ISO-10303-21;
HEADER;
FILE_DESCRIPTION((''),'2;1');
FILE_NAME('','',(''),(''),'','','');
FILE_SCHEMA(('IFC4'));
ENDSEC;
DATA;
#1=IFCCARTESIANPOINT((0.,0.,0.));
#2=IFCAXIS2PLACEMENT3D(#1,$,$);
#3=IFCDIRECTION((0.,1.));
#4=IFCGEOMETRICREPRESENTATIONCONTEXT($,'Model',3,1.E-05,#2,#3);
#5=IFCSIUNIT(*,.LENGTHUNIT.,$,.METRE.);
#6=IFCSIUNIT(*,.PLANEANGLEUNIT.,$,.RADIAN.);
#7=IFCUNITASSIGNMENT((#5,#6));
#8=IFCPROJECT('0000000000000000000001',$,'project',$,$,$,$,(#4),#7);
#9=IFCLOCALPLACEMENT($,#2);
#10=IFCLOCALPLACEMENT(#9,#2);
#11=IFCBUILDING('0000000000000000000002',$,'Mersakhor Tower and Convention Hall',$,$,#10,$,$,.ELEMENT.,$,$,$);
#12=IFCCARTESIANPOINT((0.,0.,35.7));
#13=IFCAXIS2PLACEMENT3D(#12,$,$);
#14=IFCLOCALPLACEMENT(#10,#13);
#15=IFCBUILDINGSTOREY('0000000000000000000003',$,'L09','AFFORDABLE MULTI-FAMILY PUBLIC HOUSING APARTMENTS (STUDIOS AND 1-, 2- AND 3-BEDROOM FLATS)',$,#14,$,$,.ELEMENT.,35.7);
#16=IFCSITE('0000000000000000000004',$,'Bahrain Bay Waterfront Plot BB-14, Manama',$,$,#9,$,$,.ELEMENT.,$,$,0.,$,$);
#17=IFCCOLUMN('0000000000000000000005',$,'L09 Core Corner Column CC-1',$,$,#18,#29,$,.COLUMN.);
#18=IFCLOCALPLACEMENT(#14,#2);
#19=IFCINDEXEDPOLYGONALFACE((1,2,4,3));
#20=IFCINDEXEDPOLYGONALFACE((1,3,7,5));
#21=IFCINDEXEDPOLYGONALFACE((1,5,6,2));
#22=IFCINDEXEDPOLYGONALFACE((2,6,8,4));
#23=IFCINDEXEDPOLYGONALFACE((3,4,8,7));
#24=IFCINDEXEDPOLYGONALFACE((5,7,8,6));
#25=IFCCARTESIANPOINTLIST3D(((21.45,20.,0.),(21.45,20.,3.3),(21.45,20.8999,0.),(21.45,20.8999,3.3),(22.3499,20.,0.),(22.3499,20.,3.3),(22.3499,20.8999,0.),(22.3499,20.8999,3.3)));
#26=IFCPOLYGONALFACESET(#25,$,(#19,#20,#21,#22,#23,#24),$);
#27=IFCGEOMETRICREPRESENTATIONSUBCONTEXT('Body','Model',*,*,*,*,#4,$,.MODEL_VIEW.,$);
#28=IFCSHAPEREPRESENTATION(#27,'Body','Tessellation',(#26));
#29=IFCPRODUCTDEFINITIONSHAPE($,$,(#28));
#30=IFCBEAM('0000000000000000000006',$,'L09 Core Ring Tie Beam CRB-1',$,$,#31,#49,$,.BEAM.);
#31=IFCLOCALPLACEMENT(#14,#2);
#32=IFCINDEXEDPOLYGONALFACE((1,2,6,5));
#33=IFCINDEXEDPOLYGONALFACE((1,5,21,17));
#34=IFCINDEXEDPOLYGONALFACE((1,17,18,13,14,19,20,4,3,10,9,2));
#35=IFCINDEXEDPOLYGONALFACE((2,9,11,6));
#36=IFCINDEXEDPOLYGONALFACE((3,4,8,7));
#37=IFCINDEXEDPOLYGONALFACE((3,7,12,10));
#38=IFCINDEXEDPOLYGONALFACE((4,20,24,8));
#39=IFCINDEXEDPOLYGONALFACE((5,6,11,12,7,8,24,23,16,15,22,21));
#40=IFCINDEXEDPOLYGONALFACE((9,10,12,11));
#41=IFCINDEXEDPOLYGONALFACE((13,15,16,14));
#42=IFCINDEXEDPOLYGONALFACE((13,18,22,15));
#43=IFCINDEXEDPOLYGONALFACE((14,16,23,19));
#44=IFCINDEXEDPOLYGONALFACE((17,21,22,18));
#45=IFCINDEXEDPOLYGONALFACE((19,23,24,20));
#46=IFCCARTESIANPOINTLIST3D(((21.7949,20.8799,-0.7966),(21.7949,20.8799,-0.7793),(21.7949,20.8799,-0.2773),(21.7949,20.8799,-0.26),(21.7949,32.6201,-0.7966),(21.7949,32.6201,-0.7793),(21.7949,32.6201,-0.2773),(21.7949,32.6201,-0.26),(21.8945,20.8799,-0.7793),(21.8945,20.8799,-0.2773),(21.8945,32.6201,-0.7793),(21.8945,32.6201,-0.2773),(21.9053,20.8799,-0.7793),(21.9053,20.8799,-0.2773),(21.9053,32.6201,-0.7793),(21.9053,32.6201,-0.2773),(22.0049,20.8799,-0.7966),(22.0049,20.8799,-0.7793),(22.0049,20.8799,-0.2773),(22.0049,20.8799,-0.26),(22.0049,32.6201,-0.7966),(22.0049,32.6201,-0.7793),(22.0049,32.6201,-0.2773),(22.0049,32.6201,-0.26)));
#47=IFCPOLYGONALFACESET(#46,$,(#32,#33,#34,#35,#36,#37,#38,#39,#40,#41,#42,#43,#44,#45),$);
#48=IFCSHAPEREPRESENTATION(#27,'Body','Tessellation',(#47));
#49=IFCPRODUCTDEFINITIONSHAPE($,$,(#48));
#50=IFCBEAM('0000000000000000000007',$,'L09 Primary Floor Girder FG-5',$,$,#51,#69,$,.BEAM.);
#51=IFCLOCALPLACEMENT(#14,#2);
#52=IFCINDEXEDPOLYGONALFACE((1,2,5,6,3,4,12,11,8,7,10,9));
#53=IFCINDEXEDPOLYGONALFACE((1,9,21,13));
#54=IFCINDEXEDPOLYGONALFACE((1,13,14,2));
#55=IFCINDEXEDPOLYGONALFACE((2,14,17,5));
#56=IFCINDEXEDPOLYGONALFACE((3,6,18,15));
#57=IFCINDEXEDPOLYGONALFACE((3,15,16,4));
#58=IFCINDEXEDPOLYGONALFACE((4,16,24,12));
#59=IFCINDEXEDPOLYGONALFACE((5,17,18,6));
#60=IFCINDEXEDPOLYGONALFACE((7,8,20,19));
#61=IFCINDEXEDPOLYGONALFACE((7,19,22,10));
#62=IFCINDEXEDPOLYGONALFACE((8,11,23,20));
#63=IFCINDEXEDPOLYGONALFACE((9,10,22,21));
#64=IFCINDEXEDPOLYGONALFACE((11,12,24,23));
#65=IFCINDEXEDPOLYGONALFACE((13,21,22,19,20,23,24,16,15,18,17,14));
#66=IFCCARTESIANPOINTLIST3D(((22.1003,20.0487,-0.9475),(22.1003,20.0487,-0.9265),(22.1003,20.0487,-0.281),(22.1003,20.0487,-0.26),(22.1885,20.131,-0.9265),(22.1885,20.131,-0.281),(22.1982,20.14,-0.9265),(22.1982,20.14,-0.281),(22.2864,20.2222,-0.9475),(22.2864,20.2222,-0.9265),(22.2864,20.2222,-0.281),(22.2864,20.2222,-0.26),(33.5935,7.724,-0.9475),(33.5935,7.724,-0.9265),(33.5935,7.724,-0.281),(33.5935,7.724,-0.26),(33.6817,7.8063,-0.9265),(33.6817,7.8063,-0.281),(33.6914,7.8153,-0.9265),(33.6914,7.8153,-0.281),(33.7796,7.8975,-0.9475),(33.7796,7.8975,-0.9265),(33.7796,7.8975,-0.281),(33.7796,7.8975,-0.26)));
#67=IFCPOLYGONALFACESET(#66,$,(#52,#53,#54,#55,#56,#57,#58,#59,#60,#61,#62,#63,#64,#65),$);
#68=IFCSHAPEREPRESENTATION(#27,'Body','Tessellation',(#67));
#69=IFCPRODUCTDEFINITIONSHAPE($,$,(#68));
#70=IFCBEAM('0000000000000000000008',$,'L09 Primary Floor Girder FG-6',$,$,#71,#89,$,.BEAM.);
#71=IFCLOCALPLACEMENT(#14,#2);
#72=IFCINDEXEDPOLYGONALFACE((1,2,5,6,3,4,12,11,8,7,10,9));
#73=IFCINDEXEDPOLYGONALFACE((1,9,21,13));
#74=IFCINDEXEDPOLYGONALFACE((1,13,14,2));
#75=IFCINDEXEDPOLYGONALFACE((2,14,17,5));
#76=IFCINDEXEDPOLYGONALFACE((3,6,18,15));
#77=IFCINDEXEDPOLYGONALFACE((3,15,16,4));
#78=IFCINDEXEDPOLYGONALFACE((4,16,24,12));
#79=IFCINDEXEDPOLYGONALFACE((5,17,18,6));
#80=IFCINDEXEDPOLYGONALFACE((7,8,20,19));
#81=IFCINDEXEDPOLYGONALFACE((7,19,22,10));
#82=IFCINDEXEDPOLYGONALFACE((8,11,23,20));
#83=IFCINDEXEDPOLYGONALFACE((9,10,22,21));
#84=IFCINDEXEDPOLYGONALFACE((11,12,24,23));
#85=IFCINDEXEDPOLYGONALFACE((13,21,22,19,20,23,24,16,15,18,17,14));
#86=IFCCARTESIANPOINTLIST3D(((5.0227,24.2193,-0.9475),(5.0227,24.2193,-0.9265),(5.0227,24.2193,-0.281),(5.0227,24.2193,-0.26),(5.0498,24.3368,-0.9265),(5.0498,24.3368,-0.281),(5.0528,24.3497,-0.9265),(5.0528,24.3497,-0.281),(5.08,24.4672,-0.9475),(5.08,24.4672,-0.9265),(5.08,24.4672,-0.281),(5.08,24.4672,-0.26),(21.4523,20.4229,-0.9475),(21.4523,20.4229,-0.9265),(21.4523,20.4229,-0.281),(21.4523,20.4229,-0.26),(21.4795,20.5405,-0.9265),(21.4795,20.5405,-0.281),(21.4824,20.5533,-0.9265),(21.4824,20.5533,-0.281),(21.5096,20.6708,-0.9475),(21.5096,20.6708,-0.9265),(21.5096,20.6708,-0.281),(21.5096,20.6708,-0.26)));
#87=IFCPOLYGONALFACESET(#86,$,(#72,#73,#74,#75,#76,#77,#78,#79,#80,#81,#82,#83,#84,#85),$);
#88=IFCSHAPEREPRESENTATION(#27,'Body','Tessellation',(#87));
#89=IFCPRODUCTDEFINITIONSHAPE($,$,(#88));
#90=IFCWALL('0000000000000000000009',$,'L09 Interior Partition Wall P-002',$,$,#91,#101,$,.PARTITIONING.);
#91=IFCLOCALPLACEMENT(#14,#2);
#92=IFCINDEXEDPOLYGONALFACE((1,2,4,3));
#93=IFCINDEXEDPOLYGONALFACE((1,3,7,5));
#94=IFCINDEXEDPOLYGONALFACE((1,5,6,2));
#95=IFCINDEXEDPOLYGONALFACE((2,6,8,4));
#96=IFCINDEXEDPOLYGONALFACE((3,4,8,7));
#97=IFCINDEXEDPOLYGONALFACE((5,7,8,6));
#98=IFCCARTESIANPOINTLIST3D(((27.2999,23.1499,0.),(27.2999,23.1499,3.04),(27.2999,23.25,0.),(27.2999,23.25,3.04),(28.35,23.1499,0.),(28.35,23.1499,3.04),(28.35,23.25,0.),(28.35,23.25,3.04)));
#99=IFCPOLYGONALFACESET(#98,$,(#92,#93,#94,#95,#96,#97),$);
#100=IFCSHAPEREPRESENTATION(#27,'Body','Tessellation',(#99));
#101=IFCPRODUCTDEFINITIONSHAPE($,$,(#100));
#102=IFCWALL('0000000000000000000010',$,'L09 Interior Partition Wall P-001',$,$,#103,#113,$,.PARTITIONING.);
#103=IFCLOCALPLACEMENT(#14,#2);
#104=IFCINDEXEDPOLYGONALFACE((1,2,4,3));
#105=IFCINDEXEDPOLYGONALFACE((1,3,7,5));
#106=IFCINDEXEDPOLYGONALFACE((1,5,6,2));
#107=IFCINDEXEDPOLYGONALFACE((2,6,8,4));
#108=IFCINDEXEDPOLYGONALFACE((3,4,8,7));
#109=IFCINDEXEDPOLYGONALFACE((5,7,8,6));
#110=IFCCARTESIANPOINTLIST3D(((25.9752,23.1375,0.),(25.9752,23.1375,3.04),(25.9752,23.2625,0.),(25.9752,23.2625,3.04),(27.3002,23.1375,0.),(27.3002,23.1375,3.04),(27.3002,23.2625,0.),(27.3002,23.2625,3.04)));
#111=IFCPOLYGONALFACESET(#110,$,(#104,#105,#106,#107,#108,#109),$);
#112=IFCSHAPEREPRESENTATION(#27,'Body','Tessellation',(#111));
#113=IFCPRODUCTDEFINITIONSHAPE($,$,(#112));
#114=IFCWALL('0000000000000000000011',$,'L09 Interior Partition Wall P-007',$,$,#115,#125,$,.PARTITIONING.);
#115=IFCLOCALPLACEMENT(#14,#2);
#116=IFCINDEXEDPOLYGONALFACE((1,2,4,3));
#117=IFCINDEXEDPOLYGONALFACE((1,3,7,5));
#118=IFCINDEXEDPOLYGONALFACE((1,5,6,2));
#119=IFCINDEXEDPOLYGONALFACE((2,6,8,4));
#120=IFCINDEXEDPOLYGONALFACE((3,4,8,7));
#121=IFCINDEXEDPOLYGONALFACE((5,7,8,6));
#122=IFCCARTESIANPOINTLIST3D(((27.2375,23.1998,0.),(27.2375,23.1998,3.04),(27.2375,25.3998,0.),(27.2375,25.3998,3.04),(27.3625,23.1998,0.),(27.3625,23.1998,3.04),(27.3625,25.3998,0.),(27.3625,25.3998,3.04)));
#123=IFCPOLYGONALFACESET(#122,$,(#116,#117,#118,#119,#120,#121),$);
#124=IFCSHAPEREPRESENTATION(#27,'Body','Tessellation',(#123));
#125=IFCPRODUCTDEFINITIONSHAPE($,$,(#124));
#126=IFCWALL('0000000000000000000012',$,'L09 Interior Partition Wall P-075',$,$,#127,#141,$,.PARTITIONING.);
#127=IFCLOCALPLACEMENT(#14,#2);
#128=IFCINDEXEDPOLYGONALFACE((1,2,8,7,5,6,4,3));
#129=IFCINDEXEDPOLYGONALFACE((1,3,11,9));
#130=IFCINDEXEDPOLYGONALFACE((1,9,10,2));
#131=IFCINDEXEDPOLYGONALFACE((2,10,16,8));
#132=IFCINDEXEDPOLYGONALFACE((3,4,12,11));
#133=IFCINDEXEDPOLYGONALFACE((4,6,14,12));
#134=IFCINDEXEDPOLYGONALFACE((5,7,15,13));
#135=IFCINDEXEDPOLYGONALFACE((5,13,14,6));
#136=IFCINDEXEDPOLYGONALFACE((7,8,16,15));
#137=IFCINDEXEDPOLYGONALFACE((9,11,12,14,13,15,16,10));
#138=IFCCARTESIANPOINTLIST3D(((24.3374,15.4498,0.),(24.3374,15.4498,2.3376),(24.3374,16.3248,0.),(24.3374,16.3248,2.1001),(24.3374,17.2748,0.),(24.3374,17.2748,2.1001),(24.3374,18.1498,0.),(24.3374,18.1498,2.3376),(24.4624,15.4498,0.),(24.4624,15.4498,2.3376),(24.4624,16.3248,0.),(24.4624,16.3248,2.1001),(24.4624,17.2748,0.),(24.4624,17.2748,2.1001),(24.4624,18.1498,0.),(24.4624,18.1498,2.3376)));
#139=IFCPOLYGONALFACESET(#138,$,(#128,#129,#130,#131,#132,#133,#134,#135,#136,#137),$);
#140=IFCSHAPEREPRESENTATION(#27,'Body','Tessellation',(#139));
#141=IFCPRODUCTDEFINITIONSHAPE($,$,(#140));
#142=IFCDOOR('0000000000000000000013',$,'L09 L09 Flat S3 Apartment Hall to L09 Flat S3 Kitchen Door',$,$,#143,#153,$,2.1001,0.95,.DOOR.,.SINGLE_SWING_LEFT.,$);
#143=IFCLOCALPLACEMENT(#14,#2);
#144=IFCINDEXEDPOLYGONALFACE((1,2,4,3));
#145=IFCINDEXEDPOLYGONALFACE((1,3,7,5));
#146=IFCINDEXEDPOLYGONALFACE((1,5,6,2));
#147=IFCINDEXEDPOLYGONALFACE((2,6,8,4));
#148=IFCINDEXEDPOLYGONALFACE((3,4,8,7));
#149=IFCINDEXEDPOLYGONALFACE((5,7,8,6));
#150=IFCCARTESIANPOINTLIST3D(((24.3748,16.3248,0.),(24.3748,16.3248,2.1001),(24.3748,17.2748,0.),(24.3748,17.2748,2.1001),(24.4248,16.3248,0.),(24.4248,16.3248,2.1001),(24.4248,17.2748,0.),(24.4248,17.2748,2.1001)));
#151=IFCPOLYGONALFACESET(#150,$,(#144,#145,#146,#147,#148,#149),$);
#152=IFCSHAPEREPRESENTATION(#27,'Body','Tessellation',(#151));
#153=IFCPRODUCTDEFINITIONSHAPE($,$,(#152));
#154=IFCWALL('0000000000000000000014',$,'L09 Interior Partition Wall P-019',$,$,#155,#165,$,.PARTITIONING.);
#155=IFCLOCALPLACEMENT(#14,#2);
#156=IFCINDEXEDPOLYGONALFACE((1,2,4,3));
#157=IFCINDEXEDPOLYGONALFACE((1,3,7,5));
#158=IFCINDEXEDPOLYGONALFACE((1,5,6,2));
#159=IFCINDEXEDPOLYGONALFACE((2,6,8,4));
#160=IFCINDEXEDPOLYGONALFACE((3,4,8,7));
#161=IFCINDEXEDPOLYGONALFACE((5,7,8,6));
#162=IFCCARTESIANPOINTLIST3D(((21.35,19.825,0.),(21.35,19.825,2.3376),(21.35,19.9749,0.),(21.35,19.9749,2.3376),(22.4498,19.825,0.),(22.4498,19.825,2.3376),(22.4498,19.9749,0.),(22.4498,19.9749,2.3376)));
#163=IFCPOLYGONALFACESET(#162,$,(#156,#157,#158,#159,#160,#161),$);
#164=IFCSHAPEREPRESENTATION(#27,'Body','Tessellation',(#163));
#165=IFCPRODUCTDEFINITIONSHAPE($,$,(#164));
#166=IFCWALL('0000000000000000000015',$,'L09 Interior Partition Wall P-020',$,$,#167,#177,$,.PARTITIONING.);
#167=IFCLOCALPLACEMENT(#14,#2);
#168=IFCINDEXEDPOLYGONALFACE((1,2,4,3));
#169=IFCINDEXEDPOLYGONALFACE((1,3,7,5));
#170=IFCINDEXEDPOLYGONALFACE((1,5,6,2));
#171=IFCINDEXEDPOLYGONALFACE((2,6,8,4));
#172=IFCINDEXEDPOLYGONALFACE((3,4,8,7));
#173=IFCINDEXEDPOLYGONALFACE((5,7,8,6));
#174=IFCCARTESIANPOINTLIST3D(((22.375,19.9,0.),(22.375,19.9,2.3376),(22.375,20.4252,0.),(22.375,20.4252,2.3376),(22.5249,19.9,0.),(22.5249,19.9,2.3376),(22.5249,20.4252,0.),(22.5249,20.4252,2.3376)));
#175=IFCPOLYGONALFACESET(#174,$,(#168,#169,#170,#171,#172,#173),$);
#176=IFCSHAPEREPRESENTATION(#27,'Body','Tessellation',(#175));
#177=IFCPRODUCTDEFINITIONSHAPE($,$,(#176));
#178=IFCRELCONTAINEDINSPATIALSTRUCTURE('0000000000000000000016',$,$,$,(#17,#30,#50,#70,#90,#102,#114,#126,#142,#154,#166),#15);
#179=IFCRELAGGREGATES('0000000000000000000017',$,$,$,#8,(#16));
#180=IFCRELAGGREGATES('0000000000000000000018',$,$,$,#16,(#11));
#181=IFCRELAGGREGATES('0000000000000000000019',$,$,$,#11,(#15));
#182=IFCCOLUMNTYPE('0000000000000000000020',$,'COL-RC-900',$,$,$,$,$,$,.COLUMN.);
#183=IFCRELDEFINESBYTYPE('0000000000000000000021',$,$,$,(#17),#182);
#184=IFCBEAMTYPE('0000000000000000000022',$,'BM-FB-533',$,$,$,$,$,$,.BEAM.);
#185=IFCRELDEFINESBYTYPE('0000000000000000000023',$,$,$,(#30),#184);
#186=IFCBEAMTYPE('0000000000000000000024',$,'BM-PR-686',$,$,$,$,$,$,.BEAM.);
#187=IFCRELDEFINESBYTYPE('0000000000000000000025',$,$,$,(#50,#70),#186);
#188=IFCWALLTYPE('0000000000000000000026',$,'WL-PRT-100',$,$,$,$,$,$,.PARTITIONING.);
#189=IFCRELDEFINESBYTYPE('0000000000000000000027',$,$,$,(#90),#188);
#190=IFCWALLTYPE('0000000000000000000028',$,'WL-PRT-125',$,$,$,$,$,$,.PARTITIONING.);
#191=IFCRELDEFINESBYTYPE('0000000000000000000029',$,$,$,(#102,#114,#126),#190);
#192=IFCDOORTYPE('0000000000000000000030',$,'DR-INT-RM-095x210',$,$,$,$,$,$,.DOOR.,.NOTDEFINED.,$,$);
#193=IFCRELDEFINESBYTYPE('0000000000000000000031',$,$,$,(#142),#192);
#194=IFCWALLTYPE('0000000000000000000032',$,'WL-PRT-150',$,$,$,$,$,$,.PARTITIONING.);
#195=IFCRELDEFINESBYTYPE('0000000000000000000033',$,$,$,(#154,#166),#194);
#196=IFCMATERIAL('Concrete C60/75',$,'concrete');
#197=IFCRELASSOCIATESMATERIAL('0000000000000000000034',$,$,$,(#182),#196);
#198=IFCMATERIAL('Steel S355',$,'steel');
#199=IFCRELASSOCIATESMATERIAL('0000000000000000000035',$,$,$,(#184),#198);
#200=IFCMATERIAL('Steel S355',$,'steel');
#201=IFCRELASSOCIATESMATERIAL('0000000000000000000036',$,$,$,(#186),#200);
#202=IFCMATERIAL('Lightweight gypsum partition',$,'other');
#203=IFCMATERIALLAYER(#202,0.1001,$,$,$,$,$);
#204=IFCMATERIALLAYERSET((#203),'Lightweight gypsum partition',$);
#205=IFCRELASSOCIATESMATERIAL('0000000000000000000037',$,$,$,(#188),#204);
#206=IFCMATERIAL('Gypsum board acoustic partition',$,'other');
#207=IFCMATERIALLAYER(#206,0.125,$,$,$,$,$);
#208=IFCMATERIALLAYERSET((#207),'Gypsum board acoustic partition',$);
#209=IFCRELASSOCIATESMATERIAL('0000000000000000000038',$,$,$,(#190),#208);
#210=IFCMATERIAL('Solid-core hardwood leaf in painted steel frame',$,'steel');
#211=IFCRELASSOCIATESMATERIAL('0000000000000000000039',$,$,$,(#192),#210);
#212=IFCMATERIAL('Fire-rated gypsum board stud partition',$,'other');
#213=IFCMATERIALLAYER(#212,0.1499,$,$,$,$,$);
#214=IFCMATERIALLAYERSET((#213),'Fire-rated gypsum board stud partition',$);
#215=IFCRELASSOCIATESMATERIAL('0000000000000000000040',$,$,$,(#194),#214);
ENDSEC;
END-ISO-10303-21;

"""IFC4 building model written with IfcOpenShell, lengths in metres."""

from ifc_helpers import new_model, si_unit, direction, frame, frame_2d, origin, origin_2d, place, context, subcontext, project, spatial, rectangle, i_section, extrude, material, layer, layer_set, material_profile, profile_set, type_object, element, fill, save


model = new_model("IFC4")

# Units and contexts
model_context = context("Model", 3, precision=1e-05, world=origin(), true_north=direction((0.0, 1.0)))
body_context = subcontext(model_context, "Body", "Model", "MODEL_VIEW")
ifc_project = project(units=[si_unit("LENGTHUNIT", "METRE"), si_unit("PLANEANGLEUNIT", "RADIAN")], contexts=[model_context])

# Site, building, storey
site_placement = place(None, origin())
site = spatial("IfcSite", under=ifc_project, at=site_placement, Name="Bahrain Bay Waterfront Plot BB-14, Manama", CompositionType="ELEMENT", RefElevation=0.0)
building_placement = place(site_placement, origin())
building = spatial("IfcBuilding", under=site, at=building_placement, Name="Mersakhor Tower and Convention Hall", CompositionType="ELEMENT")
storey_placement = place(building_placement, frame((0.0, 0.0, 35.7)))
storey = spatial("IfcBuildingStorey", under=building, at=storey_placement, Name="L09", Description="AFFORDABLE MULTI-FAMILY PUBLIC HOUSING APARTMENTS (STUDIOS AND 1-, 2- AND 3-BEDROOM FLATS)", CompositionType="ELEMENT", Elevation=35.7)

# Column
ifc_material_1 = material(Name="Concrete C60/75", Category="concrete")
ifc_material_profile_1 = material_profile(ifc_material_1, rectangle(XDim=0.8999, YDim=0.8999, at=origin_2d()), Name="RC 900x900")
ifc_profile_set_1 = profile_set([ifc_material_profile_1], Name="Concrete C60/75")
column_type = type_object("IfcColumnType", Name="COL-RC-900", PredefinedType="COLUMN", material=ifc_profile_set_1)
column_placement = place(storey_placement, frame((21.8999, 20.45, 0.0), z_axis=(0.0, 0.0, 1.0), x_axis=(1.0, 0.0, 0.0)))
element("IfcColumn", 1, at=column_placement, inside=storey, type_object=column_type, Name="L09 Core Corner Column CC-1", PredefinedType="COLUMN", context=body_context, shape_type="SweptSolid", body=[
    extrude(rectangle(XDim=0.8999, YDim=0.8999, at=origin_2d()), origin(), (0.0, 0.0, 1.0), 3.3),
])

# Beams
ifc_material_2 = material(Name="Steel S355", Category="steel")
ifc_material_profile_2 = material_profile(ifc_material_2, i_section(OverallWidth=0.21, OverallDepth=0.5366, WebThickness=0.0107, FlangeThickness=0.0173, at=origin_2d()), Name="UB 533x210x101")
ifc_profile_set_2 = profile_set([ifc_material_profile_2], Name="Steel S355")
beam_type_1 = type_object("IfcBeamType", Name="BM-FB-533", PredefinedType="BEAM", material=ifc_profile_set_2)
beam_1_placement = place(storey_placement, frame((21.8999, 20.8799, -0.5283), z_axis=(0.0, 1.0, 0.0), x_axis=(-1.0, 0.0, 0.0)))
element("IfcBeam", 2, at=beam_1_placement, inside=storey, type_object=beam_type_1, Name="L09 Core Ring Tie Beam CRB-1", PredefinedType="BEAM", context=body_context, shape_type="SweptSolid", body=[
    extrude(i_section(OverallWidth=0.21, OverallDepth=0.5366, WebThickness=0.0107, FlangeThickness=0.0173, at=origin_2d()), origin(), (0.0, 0.0, 1.0), 11.7402),
])
ifc_material_3 = material(Name="Steel S355", Category="steel")
ifc_material_profile_3 = material_profile(ifc_material_3, i_section(OverallWidth=0.2544, OverallDepth=0.6875, WebThickness=0.0132, FlangeThickness=0.021, at=origin_2d()), Name="UB 686x254x152")
ifc_profile_set_3 = profile_set([ifc_material_profile_3], Name="Steel S355")
beam_type_2 = type_object("IfcBeamType", Name="BM-PR-686", PredefinedType="BEAM", material=ifc_profile_set_3)
beam_2_placement = place(storey_placement, frame((22.1934, 20.1355, -0.6038), z_axis=(0.682004, -0.731348, 0.0), x_axis=(0.731348, 0.682004, 0.0)))
element("IfcBeam", 3, at=beam_2_placement, inside=storey, type_object=beam_type_2, Name="L09 Primary Floor Girder FG-5", PredefinedType="BEAM", context=body_context, shape_type="SweptSolid", body=[
    extrude(i_section(OverallWidth=0.2544, OverallDepth=0.6875, WebThickness=0.0132, FlangeThickness=0.021, at=origin_2d()), origin(), (0.0, 0.0, 1.0), 16.8521),
])
beam_3_placement = place(storey_placement, frame((21.481, 20.5469, -0.6038), z_axis=(-0.974327, 0.225137, 0.0), x_axis=(-0.225137, -0.974327, 0.0)))
element("IfcBeam", 4, at=beam_3_placement, inside=storey, type_object=beam_type_2, Name="L09 Primary Floor Girder FG-6", PredefinedType="BEAM", context=body_context, shape_type="SweptSolid", body=[
    extrude(i_section(OverallWidth=0.2544, OverallDepth=0.6875, WebThickness=0.0132, FlangeThickness=0.021, at=origin_2d()), origin(), (0.0, 0.0, 1.0), 16.8625),
])

# Walls
ifc_material_4 = material(Name="Lightweight gypsum partition", Category="other")
ifc_layer_1 = layer(ifc_material_4, 0.1001)
ifc_layer_set_1 = layer_set([ifc_layer_1], Name="Lightweight gypsum partition")
wall_type_1 = type_object("IfcWallType", Name="WL-PRT-100", PredefinedType="PARTITIONING", material=ifc_layer_set_1)
wall_1_placement = place(storey_placement, frame((27.3, 23.2, 0.0), z_axis=(0.0, 0.0, 1.0), x_axis=(1.0, 0.0, 0.0)))
element("IfcWall", 5, at=wall_1_placement, inside=storey, type_object=wall_type_1, Name="L09 Interior Partition Wall P-002", PredefinedType="PARTITIONING", context=body_context, shape_type="SweptSolid", body=[
    extrude(rectangle(XDim=1.05, YDim=0.1001, at=frame_2d((0.5249, 0.0))), origin(), (0.0, 0.0, 1.0), 3.04),
])
ifc_material_5 = material(Name="Gypsum board acoustic partition", Category="other")
ifc_layer_2 = layer(ifc_material_5, 0.125)
ifc_layer_set_2 = layer_set([ifc_layer_2], Name="Gypsum board acoustic partition")
wall_type_2 = type_object("IfcWallType", Name="WL-PRT-125", PredefinedType="PARTITIONING", material=ifc_layer_set_2)
wall_2_placement = place(storey_placement, frame((25.9751, 23.2, 0.0), z_axis=(0.0, 0.0, 1.0), x_axis=(1.0, 0.0, 0.0)))
element("IfcWall", 6, at=wall_2_placement, inside=storey, type_object=wall_type_2, Name="L09 Interior Partition Wall P-001", PredefinedType="PARTITIONING", context=body_context, shape_type="SweptSolid", body=[
    extrude(rectangle(XDim=1.325, YDim=0.125, at=frame_2d((0.6626, 0.0))), origin(), (0.0, 0.0, 1.0), 3.04),
])
wall_3_placement = place(storey_placement, frame((27.3, 25.3999, 0.0), z_axis=(0.0, 0.0, 1.0), x_axis=(0.0, -1.0, 0.0)))
element("IfcWall", 7, at=wall_3_placement, inside=storey, type_object=wall_type_2, Name="L09 Interior Partition Wall P-007", PredefinedType="PARTITIONING", context=body_context, shape_type="SweptSolid", body=[
    extrude(rectangle(XDim=2.2, YDim=0.125, at=frame_2d((1.1001, 0.0))), origin(), (0.0, 0.0, 1.0), 3.04),
])

# Wall, opening, door
wall_4_placement = place(storey_placement, frame((24.3999, 18.1499, 0.0), z_axis=(0.0, 0.0, 1.0), x_axis=(0.0, -1.0, 0.0)))
wall_4 = element("IfcWall", 8, at=wall_4_placement, inside=storey, type_object=wall_type_2, Name="L09 Interior Partition Wall P-075", PredefinedType="PARTITIONING", context=body_context, shape_type="SweptSolid", body=[
    extrude(rectangle(XDim=2.7, YDim=0.125, at=frame_2d((1.3501, 0.0))), origin(), (0.0, 0.0, 1.0), 2.3376),
])
opening_1_placement = place(wall_4_placement, frame((0.875, 0.0, 0.0)))
opening_1 = element("IfcOpeningElement", 9, at=opening_1_placement, cuts=wall_4, PredefinedType="OPENING", context=body_context, shape_type="SweptSolid", body=[
    extrude(rectangle(XDim=0.95, YDim=2.1001, at=frame_2d((0.4751, 1.05))), frame((0.0, 0.0725, 0.0), z_axis=(0.0, -1.0, 0.0), x_axis=(1.0, 0.0, 0.0)), (0.0, 0.0, 1.0), 0.145),
])
ifc_material_6 = material(Name="Solid-core hardwood leaf in painted steel frame", Category="steel")
door_type_1 = type_object("IfcDoorType", Name="DR-INT-RM-095x210", OperationType="NOTDEFINED", PredefinedType="DOOR", material=ifc_material_6)
door_1_placement = place(opening_1_placement, origin())
door_1 = element("IfcDoor", 10, at=door_1_placement, inside=storey, type_object=door_type_1, Name="L09 L09 Flat S3 Apartment Hall to L09 Flat S3 Kitchen Door", OperationType="SINGLE_SWING_LEFT", OverallHeight=2.1001, OverallWidth=0.95, PredefinedType="DOOR", context=body_context, shape_type="SweptSolid", body=[
    extrude(rectangle(XDim=0.95, YDim=2.1001, at=frame_2d((0.4751, 1.05))), frame((0.0, 0.0249, 0.0), z_axis=(0.0, -1.0, 0.0), x_axis=(1.0, 0.0, 0.0)), (0.0, 0.0, 1.0), 0.05),
])
fill(opening_1, door_1)

# Walls
ifc_material_7 = material(Name="Fire-rated gypsum board stud partition", Category="other")
ifc_layer_3 = layer(ifc_material_7, 0.1499)
ifc_layer_set_3 = layer_set([ifc_layer_3], Name="Fire-rated gypsum board stud partition")
wall_type_3 = type_object("IfcWallType", Name="WL-PRT-150", PredefinedType="PARTITIONING", material=ifc_layer_set_3)
wall_5_placement = place(storey_placement, frame((21.3501, 19.8999, 0.0), z_axis=(0.0, 0.0, 1.0), x_axis=(1.0, 0.0, 0.0)))
element("IfcWall", 11, at=wall_5_placement, inside=storey, type_object=wall_type_3, Name="L09 Interior Partition Wall P-019", PredefinedType="PARTITIONING", context=body_context, shape_type="SweptSolid", body=[
    extrude(rectangle(XDim=1.0999, YDim=0.1499, at=frame_2d((0.5498, 0.0))), origin(), (0.0, 0.0, 1.0), 2.3376),
])
wall_6_placement = place(storey_placement, frame((22.45, 19.8999, 0.0), z_axis=(0.0, 0.0, 1.0), x_axis=(0.0, 1.0, 0.0)))
element("IfcWall", 12, at=wall_6_placement, inside=storey, type_object=wall_type_3, Name="L09 Interior Partition Wall P-020", PredefinedType="PARTITIONING", context=body_context, shape_type="SweptSolid", body=[
    extrude(rectangle(XDim=0.5251, YDim=0.1499, at=frame_2d((0.2627, 0.0))), origin(), (0.0, 0.0, 1.0), 2.3376),
])

save(model, "model.ifc")
